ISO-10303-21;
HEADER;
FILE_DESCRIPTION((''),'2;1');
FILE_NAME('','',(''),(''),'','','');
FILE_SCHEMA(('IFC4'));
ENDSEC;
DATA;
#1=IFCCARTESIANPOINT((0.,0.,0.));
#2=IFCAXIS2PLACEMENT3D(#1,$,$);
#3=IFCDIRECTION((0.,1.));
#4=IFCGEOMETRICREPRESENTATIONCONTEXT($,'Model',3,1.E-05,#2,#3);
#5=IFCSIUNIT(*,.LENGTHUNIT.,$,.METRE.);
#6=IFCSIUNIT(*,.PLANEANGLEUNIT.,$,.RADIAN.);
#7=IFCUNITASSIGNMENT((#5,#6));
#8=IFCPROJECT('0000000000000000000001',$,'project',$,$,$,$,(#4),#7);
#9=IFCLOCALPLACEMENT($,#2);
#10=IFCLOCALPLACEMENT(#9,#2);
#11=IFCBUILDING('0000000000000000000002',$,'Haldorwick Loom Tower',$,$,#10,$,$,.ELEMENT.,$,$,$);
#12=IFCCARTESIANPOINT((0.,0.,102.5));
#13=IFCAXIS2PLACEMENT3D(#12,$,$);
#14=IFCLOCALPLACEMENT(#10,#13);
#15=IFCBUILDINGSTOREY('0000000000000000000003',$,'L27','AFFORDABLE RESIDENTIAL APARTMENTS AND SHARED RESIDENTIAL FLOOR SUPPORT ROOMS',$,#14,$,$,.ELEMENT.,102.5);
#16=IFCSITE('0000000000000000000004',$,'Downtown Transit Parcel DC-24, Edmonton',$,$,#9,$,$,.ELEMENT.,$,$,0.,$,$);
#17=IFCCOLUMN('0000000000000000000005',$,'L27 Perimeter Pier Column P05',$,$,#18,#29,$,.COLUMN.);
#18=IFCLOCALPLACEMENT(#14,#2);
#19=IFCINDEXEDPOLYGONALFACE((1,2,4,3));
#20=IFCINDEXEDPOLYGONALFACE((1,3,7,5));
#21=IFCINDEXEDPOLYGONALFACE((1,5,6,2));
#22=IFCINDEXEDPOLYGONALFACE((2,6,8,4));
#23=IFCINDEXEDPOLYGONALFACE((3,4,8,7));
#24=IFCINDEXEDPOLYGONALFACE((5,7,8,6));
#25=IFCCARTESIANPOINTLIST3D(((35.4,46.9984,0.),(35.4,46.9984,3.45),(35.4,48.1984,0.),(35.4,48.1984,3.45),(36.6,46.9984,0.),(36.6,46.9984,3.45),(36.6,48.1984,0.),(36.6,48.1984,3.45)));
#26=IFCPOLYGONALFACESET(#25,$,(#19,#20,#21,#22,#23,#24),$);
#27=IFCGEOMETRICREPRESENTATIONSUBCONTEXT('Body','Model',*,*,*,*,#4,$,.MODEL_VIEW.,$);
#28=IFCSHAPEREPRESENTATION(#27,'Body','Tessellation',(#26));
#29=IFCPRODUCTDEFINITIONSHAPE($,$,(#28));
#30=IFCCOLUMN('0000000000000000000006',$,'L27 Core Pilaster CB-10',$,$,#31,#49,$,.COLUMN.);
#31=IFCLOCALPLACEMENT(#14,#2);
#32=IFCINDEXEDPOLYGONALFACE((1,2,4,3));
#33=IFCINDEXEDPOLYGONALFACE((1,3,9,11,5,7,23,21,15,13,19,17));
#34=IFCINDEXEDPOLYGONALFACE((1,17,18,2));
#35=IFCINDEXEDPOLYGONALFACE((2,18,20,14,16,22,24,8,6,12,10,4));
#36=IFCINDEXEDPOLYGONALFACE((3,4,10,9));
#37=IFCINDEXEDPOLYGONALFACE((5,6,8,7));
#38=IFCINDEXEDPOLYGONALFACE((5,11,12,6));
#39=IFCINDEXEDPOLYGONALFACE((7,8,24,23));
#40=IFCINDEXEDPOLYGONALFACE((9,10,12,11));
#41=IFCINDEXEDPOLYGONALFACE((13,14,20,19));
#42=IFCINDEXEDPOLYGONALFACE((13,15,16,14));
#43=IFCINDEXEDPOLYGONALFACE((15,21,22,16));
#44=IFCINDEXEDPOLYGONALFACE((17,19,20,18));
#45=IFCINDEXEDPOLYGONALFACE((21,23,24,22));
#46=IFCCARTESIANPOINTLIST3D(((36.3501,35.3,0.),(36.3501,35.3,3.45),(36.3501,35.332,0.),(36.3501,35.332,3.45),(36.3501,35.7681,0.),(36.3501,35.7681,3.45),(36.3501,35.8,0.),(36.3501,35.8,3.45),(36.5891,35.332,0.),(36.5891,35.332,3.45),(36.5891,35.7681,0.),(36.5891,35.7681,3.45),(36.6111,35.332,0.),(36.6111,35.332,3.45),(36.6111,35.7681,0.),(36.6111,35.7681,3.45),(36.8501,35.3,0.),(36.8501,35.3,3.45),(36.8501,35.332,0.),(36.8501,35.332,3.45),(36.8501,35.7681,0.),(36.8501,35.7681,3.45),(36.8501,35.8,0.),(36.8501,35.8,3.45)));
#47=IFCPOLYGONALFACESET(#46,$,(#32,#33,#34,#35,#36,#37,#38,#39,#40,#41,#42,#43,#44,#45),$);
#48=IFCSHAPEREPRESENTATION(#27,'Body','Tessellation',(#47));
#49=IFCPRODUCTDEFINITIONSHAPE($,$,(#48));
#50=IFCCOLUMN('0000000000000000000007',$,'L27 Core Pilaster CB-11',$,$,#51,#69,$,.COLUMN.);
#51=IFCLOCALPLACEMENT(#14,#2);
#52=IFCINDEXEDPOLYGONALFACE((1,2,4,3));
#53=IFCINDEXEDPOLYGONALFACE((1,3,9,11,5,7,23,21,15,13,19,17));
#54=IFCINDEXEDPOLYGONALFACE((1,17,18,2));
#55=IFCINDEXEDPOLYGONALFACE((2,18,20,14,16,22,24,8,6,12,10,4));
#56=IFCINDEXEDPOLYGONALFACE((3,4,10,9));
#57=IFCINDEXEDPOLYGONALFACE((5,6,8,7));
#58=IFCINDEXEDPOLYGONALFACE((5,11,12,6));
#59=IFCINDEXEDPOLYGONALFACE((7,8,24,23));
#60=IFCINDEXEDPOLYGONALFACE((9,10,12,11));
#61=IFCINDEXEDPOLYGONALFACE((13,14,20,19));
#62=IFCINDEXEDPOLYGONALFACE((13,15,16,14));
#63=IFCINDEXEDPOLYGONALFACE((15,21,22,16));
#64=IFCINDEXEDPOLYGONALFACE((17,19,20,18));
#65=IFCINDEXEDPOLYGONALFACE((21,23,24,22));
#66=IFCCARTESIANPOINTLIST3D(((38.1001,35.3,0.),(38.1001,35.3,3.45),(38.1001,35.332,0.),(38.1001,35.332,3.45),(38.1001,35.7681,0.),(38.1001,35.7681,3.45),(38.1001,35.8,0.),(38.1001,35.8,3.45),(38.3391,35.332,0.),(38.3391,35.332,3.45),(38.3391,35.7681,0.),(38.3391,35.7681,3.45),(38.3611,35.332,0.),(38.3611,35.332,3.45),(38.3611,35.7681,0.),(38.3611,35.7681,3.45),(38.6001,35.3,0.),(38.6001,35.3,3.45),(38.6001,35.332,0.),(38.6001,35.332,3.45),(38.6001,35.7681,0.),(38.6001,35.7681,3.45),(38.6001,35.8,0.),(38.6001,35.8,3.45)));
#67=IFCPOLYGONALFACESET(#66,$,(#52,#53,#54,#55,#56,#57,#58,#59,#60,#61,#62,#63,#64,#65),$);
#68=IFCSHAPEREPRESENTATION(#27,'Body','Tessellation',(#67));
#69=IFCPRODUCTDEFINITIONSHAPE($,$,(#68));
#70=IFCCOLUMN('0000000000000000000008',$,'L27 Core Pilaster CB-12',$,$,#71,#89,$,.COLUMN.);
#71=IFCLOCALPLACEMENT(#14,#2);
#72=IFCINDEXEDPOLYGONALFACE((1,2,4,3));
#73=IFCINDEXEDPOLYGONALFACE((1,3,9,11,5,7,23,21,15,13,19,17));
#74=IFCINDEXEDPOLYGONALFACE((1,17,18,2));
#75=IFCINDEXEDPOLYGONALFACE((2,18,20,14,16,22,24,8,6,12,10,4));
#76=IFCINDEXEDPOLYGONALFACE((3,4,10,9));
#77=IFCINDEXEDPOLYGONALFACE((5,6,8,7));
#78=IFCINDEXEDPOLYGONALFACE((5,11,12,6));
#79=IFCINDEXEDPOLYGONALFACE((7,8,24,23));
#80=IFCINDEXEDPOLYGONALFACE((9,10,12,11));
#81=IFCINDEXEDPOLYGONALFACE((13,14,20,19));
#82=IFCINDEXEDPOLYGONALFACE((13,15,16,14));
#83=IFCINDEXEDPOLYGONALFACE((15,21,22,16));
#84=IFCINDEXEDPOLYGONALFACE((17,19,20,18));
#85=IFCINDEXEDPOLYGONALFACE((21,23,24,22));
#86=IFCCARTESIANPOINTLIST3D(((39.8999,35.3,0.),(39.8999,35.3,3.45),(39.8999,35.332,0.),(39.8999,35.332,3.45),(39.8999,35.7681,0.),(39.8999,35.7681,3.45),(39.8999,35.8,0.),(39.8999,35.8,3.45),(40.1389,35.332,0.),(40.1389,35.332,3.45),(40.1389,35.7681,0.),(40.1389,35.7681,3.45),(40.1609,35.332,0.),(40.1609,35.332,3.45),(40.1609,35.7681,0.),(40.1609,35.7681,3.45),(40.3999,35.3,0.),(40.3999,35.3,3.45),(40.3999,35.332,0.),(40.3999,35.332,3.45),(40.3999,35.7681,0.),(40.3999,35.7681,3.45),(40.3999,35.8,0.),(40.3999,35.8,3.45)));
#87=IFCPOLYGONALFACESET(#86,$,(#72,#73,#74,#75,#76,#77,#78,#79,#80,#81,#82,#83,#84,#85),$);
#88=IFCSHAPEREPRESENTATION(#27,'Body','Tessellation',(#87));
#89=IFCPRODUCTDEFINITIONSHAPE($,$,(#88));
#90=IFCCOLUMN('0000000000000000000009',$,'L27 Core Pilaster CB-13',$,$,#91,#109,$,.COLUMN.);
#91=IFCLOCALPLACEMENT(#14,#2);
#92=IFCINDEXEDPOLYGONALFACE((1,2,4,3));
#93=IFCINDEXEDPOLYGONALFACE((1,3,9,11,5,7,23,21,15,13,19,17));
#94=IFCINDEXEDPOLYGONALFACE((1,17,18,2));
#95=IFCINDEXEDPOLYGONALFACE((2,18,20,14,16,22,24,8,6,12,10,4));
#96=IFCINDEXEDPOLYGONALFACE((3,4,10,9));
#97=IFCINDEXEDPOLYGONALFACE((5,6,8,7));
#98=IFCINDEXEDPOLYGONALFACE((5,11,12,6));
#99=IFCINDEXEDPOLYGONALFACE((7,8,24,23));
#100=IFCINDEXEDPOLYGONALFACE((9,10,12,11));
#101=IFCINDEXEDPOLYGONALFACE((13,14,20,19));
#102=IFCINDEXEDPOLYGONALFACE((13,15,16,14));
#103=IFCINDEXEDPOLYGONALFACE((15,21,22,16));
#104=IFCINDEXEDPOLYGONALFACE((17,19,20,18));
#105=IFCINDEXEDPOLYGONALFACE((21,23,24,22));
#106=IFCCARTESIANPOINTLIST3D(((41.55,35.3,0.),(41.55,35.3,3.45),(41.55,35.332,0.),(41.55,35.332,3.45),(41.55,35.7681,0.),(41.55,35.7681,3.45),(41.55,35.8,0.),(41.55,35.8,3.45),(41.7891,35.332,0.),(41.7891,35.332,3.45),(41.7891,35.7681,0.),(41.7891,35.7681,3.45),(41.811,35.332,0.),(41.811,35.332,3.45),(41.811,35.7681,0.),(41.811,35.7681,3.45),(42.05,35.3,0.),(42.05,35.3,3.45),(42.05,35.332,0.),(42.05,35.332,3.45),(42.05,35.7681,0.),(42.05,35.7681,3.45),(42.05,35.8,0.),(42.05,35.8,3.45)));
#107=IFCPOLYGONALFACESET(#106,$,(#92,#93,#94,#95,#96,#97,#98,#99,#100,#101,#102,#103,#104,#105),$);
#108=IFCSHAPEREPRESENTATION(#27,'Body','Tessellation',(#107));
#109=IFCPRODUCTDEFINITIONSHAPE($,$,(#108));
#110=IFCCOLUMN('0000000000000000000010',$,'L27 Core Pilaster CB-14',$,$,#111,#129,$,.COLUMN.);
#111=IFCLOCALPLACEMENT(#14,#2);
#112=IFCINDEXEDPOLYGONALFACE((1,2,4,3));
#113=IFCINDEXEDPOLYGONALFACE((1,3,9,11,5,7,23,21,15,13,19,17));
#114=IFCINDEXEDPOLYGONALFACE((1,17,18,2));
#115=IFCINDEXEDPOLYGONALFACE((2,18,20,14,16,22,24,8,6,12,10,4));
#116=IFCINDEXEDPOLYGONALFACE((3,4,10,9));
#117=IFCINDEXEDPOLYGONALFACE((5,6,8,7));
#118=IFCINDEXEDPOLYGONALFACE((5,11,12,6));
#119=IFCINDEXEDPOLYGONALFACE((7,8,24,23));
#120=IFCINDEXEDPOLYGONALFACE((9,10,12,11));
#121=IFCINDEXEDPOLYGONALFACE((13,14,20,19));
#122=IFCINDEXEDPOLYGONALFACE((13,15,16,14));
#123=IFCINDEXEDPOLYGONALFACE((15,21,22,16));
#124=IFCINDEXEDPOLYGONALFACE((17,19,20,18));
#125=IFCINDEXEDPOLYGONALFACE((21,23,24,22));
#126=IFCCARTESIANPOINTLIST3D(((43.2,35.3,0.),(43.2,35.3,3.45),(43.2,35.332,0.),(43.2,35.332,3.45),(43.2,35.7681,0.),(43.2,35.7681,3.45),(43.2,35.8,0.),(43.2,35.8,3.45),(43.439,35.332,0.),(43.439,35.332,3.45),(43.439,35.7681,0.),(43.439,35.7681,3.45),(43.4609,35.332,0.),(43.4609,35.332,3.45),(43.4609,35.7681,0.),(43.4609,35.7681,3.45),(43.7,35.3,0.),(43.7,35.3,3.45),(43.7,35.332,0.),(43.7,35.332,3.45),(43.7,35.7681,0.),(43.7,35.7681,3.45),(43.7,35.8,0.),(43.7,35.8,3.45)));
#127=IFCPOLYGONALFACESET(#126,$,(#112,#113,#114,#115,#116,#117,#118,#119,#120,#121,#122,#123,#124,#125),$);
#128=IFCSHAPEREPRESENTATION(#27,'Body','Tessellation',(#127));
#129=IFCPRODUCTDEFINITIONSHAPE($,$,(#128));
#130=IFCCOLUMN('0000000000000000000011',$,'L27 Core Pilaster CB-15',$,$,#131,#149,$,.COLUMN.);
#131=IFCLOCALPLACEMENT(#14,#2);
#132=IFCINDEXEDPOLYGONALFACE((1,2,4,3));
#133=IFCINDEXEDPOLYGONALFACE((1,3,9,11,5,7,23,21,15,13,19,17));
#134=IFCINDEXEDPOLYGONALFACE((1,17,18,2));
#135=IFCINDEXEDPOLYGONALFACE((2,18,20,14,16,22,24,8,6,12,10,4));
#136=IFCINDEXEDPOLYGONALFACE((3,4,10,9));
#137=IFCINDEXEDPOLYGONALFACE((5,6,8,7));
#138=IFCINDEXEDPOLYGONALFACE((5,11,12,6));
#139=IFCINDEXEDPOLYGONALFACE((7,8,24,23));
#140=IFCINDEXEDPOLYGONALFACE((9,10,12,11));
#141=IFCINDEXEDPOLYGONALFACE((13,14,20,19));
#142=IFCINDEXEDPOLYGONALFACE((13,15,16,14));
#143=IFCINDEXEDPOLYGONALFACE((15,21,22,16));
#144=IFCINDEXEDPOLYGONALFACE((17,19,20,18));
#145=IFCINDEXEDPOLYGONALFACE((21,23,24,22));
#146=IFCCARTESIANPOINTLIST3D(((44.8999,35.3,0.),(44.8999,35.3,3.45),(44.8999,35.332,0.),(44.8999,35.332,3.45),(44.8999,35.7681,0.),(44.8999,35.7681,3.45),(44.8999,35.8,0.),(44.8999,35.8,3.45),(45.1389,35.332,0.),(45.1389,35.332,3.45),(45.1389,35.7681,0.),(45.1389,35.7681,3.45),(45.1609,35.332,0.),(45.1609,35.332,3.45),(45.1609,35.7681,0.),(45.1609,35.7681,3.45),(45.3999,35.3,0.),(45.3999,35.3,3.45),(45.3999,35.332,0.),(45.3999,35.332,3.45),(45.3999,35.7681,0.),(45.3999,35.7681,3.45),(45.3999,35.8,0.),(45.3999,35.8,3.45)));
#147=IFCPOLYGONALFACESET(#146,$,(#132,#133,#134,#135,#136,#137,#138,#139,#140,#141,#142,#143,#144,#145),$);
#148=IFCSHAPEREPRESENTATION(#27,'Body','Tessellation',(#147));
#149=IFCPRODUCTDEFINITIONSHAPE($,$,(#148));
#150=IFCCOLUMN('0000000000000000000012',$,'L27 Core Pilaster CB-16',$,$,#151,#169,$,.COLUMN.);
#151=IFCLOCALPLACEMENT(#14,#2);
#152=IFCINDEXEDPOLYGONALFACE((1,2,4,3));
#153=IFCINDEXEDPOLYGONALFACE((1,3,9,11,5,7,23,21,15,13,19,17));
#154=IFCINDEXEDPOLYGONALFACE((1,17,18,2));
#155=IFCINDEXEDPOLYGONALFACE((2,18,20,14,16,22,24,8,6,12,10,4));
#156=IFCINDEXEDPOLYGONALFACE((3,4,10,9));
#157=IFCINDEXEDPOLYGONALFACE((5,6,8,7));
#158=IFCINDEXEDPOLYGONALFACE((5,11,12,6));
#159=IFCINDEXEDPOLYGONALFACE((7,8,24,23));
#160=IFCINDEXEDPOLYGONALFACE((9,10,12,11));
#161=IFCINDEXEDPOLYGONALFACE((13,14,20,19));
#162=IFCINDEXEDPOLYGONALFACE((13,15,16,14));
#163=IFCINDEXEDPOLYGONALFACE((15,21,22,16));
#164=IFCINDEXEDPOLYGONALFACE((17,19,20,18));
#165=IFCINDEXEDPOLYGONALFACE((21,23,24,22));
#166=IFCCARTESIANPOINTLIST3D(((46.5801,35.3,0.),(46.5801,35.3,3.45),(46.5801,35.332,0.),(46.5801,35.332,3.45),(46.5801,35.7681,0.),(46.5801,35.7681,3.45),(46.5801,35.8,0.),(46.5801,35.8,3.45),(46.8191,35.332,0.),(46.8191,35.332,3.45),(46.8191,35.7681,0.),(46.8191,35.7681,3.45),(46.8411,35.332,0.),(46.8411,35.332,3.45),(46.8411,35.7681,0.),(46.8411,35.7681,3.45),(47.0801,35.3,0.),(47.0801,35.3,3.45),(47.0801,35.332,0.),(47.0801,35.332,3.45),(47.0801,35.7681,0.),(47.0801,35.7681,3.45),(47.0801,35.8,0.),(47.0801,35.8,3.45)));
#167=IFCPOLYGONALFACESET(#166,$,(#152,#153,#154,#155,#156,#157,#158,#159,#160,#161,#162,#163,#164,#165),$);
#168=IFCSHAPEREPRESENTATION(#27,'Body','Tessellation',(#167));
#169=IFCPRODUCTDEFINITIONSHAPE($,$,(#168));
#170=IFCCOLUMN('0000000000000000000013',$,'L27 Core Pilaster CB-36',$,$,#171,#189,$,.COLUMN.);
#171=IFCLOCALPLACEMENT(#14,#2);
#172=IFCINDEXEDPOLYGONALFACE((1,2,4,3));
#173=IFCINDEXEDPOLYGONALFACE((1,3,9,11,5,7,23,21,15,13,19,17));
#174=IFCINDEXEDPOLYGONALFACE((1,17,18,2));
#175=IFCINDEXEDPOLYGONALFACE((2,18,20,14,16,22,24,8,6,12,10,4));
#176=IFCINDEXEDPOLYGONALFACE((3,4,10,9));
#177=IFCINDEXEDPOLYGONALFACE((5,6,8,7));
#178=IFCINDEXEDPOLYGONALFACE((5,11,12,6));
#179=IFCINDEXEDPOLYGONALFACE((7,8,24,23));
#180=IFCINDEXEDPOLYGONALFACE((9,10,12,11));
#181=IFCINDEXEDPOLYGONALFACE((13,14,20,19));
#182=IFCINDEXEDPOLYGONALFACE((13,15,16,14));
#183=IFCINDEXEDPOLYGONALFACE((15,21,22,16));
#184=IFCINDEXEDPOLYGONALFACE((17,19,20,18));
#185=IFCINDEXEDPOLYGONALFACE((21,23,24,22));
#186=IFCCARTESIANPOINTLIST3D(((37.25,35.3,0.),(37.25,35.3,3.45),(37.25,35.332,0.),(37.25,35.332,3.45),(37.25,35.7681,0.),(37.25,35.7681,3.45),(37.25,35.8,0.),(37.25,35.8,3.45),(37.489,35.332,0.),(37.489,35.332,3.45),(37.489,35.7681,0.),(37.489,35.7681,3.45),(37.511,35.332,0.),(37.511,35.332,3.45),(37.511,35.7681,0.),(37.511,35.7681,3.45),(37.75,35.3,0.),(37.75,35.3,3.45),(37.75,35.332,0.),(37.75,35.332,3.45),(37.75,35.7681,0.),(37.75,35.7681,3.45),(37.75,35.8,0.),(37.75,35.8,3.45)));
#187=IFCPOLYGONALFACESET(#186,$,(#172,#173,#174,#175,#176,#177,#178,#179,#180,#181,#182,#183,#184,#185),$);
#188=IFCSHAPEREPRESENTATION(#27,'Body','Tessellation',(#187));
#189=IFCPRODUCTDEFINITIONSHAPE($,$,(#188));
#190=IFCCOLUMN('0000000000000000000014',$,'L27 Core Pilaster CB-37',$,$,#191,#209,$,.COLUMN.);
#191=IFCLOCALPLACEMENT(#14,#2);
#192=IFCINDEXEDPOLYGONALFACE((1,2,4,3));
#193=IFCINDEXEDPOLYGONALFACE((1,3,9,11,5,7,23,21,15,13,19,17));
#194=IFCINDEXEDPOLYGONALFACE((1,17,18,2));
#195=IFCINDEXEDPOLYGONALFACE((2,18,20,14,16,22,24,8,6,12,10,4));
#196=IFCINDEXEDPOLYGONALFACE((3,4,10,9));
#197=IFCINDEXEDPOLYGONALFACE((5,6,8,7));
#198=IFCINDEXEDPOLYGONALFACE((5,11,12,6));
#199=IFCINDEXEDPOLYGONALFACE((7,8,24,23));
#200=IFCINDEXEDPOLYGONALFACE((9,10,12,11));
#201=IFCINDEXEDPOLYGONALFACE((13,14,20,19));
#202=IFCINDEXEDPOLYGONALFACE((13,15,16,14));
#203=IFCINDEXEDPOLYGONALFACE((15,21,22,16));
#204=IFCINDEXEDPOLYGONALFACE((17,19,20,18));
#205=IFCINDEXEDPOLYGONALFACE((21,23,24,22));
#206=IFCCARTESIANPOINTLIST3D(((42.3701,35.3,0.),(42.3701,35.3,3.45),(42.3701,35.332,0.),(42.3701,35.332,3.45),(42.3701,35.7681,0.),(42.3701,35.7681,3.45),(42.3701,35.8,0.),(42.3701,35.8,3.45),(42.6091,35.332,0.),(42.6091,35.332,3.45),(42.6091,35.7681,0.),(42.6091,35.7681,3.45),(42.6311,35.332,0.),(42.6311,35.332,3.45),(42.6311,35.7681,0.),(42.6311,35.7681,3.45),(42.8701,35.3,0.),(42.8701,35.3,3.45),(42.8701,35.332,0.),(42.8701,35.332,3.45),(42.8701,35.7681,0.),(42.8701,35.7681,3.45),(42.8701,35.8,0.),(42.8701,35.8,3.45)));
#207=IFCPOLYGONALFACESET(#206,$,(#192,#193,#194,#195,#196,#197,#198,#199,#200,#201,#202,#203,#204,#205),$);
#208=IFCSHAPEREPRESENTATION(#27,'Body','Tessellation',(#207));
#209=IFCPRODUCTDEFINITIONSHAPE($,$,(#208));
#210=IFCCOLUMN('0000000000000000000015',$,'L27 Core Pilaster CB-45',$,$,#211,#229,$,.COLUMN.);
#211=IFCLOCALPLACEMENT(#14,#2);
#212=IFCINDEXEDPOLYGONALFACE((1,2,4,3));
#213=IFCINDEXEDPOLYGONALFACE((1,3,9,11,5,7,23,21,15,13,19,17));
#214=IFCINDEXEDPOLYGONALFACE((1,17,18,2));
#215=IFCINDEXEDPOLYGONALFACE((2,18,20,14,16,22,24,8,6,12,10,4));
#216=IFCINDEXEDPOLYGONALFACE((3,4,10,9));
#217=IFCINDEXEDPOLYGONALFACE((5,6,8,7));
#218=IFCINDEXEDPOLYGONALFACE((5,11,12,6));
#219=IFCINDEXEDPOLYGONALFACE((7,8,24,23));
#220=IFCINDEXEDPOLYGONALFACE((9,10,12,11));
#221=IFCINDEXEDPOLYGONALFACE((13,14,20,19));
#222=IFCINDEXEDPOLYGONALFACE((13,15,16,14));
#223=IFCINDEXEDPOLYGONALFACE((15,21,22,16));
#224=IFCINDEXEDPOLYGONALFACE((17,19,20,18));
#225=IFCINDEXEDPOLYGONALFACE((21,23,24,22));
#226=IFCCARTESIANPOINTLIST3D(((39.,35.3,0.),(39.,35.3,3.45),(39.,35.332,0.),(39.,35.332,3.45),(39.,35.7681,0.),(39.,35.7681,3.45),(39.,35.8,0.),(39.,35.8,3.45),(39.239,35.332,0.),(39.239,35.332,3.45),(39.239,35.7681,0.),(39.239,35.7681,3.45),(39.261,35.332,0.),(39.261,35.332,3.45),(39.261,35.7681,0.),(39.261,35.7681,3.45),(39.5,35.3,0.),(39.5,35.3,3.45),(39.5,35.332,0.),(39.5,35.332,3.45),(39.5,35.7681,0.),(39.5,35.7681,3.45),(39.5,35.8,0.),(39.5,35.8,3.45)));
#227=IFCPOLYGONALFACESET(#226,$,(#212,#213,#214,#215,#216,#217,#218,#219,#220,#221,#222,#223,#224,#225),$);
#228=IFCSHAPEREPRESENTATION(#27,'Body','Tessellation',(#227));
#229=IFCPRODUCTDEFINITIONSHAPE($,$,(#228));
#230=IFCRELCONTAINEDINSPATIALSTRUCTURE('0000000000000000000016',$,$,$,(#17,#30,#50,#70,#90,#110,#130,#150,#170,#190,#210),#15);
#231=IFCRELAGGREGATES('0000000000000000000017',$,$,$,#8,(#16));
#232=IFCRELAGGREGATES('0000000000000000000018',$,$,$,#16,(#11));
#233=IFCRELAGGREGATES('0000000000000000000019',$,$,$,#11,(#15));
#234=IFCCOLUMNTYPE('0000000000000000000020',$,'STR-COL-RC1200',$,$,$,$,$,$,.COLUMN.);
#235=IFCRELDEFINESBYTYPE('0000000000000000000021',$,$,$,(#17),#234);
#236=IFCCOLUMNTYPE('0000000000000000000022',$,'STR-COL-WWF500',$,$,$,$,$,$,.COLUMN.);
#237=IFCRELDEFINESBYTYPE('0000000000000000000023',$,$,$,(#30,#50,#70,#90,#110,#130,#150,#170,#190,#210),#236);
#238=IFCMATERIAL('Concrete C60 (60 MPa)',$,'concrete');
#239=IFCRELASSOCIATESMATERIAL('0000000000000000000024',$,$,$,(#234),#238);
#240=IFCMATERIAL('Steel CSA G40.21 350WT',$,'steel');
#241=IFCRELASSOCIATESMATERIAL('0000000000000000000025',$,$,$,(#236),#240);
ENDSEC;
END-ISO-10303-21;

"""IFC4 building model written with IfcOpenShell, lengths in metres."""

from ifc_helpers import new_model, si_unit, direction, frame, origin, origin_2d, place, context, subcontext, project, spatial, rectangle, i_section, extrude, material, material_profile, profile_set, type_object, element, save


model = new_model("IFC4")

# Units and contexts
model_context = context("Model", 3, precision=1e-05, world=origin(), true_north=direction((0.0, 1.0)))
body_context = subcontext(model_context, "Body", "Model", "MODEL_VIEW")
ifc_project = project(units=[si_unit("LENGTHUNIT", "METRE"), si_unit("PLANEANGLEUNIT", "RADIAN")], contexts=[model_context])

# Site, building, storey
site_placement = place(None, origin())
site = spatial("IfcSite", under=ifc_project, at=site_placement, Name="Downtown Transit Parcel DC-24, Edmonton", CompositionType="ELEMENT", RefElevation=0.0)
building_placement = place(site_placement, origin())
building = spatial("IfcBuilding", under=site, at=building_placement, Name="Haldorwick Loom Tower", CompositionType="ELEMENT")
storey_placement = place(building_placement, frame((0.0, 0.0, 102.5)))
storey = spatial("IfcBuildingStorey", under=building, at=storey_placement, Name="L27", Description="AFFORDABLE RESIDENTIAL APARTMENTS AND SHARED RESIDENTIAL FLOOR SUPPORT ROOMS", CompositionType="ELEMENT", Elevation=102.5)

# Columns
ifc_material_1 = material(Name="Concrete C60 (60 MPa)", Category="concrete")
ifc_material_profile_1 = material_profile(ifc_material_1, rectangle(XDim=1.2, YDim=1.2, at=origin_2d()), Name="RC1200X1200", Category="concrete")
ifc_profile_set_1 = profile_set([ifc_material_profile_1], Name="Concrete C60 (60 MPa)")
column_type_1 = type_object("IfcColumnType", Name="STR-COL-RC1200", PredefinedType="COLUMN", material=ifc_profile_set_1)
column_placement = place(storey_placement, frame((36.0, 47.5984, 0.0), z_axis=(0.0, 0.0, 1.0), x_axis=(0.0, 1.0, 0.0)))
element("IfcColumn", 1, at=column_placement, inside=storey, type_object=column_type_1, Name="L27 Perimeter Pier Column P05", PredefinedType="COLUMN", context=body_context, shape_type="SweptSolid", body=[
    extrude(rectangle(XDim=1.2, YDim=1.2, at=origin_2d()), origin(), (0.0, 0.0, 1.0), 3.45),
])
ifc_material_2 = material(Name="Steel CSA G40.21 350WT", Category="steel")
ifc_material_profile_2 = material_profile(ifc_material_2, i_section(OverallWidth=0.5, OverallDepth=0.5, WebThickness=0.022, FlangeThickness=0.032, at=origin_2d()), Name="WWF500X500", Category="steel")
ifc_profile_set_2 = profile_set([ifc_material_profile_2], Name="Steel CSA G40.21 350WT")
column_type_2 = type_object("IfcColumnType", Name="STR-COL-WWF500", PredefinedType="COLUMN", material=ifc_profile_set_2)
for number, where, z_axis, x_axis, name in (
    (2, (36.6001, 35.55, 0.0), (0.0, 0.0, 1.0), (1.0, 0.0, 0.0), "L27 Core Pilaster CB-10"),
    (3, (38.3501, 35.55, 0.0), (0.0, 0.0, 1.0), (1.0, 0.0, 0.0), "L27 Core Pilaster CB-11"),
    (4, (40.1499, 35.55, 0.0), (0.0, 0.0, 1.0), (1.0, 0.0, 0.0), "L27 Core Pilaster CB-12"),
    (5, (41.8, 35.55, 0.0), (0.0, 0.0, 1.0), (1.0, 0.0, 0.0), "L27 Core Pilaster CB-13"),
    (6, (43.45, 35.55, 0.0), (0.0, 0.0, 1.0), (1.0, 0.0, 0.0), "L27 Core Pilaster CB-14"),
    (7, (45.1499, 35.55, 0.0), (0.0, 0.0, 1.0), (1.0, 0.0, 0.0), "L27 Core Pilaster CB-15"),
    (8, (46.8301, 35.55, 0.0), (0.0, 0.0, 1.0), (1.0, 0.0, 0.0), "L27 Core Pilaster CB-16"),
    (9, (37.5, 35.55, 0.0), (0.0, 0.0, 1.0), (1.0, 0.0, 0.0), "L27 Core Pilaster CB-36"),
    (10, (42.6201, 35.55, 0.0), (0.0, 0.0, 1.0), (1.0, 0.0, 0.0), "L27 Core Pilaster CB-37"),
    (11, (39.25, 35.55, 0.0), (0.0, 0.0, 1.0), (1.0, 0.0, 0.0), "L27 Core Pilaster CB-45"),
):
    element("IfcColumn", number, at=place(storey_placement, frame(where, z_axis=z_axis, x_axis=x_axis)), inside=storey, type_object=column_type_2, Name=name, PredefinedType="COLUMN", context=body_context, shape_type="SweptSolid", body=[
        extrude(i_section(OverallWidth=0.5, OverallDepth=0.5, WebThickness=0.022, FlangeThickness=0.032, at=origin_2d()), origin(), (0.0, 0.0, 1.0), 3.45),
    ])

save(model, "model.ifc")
